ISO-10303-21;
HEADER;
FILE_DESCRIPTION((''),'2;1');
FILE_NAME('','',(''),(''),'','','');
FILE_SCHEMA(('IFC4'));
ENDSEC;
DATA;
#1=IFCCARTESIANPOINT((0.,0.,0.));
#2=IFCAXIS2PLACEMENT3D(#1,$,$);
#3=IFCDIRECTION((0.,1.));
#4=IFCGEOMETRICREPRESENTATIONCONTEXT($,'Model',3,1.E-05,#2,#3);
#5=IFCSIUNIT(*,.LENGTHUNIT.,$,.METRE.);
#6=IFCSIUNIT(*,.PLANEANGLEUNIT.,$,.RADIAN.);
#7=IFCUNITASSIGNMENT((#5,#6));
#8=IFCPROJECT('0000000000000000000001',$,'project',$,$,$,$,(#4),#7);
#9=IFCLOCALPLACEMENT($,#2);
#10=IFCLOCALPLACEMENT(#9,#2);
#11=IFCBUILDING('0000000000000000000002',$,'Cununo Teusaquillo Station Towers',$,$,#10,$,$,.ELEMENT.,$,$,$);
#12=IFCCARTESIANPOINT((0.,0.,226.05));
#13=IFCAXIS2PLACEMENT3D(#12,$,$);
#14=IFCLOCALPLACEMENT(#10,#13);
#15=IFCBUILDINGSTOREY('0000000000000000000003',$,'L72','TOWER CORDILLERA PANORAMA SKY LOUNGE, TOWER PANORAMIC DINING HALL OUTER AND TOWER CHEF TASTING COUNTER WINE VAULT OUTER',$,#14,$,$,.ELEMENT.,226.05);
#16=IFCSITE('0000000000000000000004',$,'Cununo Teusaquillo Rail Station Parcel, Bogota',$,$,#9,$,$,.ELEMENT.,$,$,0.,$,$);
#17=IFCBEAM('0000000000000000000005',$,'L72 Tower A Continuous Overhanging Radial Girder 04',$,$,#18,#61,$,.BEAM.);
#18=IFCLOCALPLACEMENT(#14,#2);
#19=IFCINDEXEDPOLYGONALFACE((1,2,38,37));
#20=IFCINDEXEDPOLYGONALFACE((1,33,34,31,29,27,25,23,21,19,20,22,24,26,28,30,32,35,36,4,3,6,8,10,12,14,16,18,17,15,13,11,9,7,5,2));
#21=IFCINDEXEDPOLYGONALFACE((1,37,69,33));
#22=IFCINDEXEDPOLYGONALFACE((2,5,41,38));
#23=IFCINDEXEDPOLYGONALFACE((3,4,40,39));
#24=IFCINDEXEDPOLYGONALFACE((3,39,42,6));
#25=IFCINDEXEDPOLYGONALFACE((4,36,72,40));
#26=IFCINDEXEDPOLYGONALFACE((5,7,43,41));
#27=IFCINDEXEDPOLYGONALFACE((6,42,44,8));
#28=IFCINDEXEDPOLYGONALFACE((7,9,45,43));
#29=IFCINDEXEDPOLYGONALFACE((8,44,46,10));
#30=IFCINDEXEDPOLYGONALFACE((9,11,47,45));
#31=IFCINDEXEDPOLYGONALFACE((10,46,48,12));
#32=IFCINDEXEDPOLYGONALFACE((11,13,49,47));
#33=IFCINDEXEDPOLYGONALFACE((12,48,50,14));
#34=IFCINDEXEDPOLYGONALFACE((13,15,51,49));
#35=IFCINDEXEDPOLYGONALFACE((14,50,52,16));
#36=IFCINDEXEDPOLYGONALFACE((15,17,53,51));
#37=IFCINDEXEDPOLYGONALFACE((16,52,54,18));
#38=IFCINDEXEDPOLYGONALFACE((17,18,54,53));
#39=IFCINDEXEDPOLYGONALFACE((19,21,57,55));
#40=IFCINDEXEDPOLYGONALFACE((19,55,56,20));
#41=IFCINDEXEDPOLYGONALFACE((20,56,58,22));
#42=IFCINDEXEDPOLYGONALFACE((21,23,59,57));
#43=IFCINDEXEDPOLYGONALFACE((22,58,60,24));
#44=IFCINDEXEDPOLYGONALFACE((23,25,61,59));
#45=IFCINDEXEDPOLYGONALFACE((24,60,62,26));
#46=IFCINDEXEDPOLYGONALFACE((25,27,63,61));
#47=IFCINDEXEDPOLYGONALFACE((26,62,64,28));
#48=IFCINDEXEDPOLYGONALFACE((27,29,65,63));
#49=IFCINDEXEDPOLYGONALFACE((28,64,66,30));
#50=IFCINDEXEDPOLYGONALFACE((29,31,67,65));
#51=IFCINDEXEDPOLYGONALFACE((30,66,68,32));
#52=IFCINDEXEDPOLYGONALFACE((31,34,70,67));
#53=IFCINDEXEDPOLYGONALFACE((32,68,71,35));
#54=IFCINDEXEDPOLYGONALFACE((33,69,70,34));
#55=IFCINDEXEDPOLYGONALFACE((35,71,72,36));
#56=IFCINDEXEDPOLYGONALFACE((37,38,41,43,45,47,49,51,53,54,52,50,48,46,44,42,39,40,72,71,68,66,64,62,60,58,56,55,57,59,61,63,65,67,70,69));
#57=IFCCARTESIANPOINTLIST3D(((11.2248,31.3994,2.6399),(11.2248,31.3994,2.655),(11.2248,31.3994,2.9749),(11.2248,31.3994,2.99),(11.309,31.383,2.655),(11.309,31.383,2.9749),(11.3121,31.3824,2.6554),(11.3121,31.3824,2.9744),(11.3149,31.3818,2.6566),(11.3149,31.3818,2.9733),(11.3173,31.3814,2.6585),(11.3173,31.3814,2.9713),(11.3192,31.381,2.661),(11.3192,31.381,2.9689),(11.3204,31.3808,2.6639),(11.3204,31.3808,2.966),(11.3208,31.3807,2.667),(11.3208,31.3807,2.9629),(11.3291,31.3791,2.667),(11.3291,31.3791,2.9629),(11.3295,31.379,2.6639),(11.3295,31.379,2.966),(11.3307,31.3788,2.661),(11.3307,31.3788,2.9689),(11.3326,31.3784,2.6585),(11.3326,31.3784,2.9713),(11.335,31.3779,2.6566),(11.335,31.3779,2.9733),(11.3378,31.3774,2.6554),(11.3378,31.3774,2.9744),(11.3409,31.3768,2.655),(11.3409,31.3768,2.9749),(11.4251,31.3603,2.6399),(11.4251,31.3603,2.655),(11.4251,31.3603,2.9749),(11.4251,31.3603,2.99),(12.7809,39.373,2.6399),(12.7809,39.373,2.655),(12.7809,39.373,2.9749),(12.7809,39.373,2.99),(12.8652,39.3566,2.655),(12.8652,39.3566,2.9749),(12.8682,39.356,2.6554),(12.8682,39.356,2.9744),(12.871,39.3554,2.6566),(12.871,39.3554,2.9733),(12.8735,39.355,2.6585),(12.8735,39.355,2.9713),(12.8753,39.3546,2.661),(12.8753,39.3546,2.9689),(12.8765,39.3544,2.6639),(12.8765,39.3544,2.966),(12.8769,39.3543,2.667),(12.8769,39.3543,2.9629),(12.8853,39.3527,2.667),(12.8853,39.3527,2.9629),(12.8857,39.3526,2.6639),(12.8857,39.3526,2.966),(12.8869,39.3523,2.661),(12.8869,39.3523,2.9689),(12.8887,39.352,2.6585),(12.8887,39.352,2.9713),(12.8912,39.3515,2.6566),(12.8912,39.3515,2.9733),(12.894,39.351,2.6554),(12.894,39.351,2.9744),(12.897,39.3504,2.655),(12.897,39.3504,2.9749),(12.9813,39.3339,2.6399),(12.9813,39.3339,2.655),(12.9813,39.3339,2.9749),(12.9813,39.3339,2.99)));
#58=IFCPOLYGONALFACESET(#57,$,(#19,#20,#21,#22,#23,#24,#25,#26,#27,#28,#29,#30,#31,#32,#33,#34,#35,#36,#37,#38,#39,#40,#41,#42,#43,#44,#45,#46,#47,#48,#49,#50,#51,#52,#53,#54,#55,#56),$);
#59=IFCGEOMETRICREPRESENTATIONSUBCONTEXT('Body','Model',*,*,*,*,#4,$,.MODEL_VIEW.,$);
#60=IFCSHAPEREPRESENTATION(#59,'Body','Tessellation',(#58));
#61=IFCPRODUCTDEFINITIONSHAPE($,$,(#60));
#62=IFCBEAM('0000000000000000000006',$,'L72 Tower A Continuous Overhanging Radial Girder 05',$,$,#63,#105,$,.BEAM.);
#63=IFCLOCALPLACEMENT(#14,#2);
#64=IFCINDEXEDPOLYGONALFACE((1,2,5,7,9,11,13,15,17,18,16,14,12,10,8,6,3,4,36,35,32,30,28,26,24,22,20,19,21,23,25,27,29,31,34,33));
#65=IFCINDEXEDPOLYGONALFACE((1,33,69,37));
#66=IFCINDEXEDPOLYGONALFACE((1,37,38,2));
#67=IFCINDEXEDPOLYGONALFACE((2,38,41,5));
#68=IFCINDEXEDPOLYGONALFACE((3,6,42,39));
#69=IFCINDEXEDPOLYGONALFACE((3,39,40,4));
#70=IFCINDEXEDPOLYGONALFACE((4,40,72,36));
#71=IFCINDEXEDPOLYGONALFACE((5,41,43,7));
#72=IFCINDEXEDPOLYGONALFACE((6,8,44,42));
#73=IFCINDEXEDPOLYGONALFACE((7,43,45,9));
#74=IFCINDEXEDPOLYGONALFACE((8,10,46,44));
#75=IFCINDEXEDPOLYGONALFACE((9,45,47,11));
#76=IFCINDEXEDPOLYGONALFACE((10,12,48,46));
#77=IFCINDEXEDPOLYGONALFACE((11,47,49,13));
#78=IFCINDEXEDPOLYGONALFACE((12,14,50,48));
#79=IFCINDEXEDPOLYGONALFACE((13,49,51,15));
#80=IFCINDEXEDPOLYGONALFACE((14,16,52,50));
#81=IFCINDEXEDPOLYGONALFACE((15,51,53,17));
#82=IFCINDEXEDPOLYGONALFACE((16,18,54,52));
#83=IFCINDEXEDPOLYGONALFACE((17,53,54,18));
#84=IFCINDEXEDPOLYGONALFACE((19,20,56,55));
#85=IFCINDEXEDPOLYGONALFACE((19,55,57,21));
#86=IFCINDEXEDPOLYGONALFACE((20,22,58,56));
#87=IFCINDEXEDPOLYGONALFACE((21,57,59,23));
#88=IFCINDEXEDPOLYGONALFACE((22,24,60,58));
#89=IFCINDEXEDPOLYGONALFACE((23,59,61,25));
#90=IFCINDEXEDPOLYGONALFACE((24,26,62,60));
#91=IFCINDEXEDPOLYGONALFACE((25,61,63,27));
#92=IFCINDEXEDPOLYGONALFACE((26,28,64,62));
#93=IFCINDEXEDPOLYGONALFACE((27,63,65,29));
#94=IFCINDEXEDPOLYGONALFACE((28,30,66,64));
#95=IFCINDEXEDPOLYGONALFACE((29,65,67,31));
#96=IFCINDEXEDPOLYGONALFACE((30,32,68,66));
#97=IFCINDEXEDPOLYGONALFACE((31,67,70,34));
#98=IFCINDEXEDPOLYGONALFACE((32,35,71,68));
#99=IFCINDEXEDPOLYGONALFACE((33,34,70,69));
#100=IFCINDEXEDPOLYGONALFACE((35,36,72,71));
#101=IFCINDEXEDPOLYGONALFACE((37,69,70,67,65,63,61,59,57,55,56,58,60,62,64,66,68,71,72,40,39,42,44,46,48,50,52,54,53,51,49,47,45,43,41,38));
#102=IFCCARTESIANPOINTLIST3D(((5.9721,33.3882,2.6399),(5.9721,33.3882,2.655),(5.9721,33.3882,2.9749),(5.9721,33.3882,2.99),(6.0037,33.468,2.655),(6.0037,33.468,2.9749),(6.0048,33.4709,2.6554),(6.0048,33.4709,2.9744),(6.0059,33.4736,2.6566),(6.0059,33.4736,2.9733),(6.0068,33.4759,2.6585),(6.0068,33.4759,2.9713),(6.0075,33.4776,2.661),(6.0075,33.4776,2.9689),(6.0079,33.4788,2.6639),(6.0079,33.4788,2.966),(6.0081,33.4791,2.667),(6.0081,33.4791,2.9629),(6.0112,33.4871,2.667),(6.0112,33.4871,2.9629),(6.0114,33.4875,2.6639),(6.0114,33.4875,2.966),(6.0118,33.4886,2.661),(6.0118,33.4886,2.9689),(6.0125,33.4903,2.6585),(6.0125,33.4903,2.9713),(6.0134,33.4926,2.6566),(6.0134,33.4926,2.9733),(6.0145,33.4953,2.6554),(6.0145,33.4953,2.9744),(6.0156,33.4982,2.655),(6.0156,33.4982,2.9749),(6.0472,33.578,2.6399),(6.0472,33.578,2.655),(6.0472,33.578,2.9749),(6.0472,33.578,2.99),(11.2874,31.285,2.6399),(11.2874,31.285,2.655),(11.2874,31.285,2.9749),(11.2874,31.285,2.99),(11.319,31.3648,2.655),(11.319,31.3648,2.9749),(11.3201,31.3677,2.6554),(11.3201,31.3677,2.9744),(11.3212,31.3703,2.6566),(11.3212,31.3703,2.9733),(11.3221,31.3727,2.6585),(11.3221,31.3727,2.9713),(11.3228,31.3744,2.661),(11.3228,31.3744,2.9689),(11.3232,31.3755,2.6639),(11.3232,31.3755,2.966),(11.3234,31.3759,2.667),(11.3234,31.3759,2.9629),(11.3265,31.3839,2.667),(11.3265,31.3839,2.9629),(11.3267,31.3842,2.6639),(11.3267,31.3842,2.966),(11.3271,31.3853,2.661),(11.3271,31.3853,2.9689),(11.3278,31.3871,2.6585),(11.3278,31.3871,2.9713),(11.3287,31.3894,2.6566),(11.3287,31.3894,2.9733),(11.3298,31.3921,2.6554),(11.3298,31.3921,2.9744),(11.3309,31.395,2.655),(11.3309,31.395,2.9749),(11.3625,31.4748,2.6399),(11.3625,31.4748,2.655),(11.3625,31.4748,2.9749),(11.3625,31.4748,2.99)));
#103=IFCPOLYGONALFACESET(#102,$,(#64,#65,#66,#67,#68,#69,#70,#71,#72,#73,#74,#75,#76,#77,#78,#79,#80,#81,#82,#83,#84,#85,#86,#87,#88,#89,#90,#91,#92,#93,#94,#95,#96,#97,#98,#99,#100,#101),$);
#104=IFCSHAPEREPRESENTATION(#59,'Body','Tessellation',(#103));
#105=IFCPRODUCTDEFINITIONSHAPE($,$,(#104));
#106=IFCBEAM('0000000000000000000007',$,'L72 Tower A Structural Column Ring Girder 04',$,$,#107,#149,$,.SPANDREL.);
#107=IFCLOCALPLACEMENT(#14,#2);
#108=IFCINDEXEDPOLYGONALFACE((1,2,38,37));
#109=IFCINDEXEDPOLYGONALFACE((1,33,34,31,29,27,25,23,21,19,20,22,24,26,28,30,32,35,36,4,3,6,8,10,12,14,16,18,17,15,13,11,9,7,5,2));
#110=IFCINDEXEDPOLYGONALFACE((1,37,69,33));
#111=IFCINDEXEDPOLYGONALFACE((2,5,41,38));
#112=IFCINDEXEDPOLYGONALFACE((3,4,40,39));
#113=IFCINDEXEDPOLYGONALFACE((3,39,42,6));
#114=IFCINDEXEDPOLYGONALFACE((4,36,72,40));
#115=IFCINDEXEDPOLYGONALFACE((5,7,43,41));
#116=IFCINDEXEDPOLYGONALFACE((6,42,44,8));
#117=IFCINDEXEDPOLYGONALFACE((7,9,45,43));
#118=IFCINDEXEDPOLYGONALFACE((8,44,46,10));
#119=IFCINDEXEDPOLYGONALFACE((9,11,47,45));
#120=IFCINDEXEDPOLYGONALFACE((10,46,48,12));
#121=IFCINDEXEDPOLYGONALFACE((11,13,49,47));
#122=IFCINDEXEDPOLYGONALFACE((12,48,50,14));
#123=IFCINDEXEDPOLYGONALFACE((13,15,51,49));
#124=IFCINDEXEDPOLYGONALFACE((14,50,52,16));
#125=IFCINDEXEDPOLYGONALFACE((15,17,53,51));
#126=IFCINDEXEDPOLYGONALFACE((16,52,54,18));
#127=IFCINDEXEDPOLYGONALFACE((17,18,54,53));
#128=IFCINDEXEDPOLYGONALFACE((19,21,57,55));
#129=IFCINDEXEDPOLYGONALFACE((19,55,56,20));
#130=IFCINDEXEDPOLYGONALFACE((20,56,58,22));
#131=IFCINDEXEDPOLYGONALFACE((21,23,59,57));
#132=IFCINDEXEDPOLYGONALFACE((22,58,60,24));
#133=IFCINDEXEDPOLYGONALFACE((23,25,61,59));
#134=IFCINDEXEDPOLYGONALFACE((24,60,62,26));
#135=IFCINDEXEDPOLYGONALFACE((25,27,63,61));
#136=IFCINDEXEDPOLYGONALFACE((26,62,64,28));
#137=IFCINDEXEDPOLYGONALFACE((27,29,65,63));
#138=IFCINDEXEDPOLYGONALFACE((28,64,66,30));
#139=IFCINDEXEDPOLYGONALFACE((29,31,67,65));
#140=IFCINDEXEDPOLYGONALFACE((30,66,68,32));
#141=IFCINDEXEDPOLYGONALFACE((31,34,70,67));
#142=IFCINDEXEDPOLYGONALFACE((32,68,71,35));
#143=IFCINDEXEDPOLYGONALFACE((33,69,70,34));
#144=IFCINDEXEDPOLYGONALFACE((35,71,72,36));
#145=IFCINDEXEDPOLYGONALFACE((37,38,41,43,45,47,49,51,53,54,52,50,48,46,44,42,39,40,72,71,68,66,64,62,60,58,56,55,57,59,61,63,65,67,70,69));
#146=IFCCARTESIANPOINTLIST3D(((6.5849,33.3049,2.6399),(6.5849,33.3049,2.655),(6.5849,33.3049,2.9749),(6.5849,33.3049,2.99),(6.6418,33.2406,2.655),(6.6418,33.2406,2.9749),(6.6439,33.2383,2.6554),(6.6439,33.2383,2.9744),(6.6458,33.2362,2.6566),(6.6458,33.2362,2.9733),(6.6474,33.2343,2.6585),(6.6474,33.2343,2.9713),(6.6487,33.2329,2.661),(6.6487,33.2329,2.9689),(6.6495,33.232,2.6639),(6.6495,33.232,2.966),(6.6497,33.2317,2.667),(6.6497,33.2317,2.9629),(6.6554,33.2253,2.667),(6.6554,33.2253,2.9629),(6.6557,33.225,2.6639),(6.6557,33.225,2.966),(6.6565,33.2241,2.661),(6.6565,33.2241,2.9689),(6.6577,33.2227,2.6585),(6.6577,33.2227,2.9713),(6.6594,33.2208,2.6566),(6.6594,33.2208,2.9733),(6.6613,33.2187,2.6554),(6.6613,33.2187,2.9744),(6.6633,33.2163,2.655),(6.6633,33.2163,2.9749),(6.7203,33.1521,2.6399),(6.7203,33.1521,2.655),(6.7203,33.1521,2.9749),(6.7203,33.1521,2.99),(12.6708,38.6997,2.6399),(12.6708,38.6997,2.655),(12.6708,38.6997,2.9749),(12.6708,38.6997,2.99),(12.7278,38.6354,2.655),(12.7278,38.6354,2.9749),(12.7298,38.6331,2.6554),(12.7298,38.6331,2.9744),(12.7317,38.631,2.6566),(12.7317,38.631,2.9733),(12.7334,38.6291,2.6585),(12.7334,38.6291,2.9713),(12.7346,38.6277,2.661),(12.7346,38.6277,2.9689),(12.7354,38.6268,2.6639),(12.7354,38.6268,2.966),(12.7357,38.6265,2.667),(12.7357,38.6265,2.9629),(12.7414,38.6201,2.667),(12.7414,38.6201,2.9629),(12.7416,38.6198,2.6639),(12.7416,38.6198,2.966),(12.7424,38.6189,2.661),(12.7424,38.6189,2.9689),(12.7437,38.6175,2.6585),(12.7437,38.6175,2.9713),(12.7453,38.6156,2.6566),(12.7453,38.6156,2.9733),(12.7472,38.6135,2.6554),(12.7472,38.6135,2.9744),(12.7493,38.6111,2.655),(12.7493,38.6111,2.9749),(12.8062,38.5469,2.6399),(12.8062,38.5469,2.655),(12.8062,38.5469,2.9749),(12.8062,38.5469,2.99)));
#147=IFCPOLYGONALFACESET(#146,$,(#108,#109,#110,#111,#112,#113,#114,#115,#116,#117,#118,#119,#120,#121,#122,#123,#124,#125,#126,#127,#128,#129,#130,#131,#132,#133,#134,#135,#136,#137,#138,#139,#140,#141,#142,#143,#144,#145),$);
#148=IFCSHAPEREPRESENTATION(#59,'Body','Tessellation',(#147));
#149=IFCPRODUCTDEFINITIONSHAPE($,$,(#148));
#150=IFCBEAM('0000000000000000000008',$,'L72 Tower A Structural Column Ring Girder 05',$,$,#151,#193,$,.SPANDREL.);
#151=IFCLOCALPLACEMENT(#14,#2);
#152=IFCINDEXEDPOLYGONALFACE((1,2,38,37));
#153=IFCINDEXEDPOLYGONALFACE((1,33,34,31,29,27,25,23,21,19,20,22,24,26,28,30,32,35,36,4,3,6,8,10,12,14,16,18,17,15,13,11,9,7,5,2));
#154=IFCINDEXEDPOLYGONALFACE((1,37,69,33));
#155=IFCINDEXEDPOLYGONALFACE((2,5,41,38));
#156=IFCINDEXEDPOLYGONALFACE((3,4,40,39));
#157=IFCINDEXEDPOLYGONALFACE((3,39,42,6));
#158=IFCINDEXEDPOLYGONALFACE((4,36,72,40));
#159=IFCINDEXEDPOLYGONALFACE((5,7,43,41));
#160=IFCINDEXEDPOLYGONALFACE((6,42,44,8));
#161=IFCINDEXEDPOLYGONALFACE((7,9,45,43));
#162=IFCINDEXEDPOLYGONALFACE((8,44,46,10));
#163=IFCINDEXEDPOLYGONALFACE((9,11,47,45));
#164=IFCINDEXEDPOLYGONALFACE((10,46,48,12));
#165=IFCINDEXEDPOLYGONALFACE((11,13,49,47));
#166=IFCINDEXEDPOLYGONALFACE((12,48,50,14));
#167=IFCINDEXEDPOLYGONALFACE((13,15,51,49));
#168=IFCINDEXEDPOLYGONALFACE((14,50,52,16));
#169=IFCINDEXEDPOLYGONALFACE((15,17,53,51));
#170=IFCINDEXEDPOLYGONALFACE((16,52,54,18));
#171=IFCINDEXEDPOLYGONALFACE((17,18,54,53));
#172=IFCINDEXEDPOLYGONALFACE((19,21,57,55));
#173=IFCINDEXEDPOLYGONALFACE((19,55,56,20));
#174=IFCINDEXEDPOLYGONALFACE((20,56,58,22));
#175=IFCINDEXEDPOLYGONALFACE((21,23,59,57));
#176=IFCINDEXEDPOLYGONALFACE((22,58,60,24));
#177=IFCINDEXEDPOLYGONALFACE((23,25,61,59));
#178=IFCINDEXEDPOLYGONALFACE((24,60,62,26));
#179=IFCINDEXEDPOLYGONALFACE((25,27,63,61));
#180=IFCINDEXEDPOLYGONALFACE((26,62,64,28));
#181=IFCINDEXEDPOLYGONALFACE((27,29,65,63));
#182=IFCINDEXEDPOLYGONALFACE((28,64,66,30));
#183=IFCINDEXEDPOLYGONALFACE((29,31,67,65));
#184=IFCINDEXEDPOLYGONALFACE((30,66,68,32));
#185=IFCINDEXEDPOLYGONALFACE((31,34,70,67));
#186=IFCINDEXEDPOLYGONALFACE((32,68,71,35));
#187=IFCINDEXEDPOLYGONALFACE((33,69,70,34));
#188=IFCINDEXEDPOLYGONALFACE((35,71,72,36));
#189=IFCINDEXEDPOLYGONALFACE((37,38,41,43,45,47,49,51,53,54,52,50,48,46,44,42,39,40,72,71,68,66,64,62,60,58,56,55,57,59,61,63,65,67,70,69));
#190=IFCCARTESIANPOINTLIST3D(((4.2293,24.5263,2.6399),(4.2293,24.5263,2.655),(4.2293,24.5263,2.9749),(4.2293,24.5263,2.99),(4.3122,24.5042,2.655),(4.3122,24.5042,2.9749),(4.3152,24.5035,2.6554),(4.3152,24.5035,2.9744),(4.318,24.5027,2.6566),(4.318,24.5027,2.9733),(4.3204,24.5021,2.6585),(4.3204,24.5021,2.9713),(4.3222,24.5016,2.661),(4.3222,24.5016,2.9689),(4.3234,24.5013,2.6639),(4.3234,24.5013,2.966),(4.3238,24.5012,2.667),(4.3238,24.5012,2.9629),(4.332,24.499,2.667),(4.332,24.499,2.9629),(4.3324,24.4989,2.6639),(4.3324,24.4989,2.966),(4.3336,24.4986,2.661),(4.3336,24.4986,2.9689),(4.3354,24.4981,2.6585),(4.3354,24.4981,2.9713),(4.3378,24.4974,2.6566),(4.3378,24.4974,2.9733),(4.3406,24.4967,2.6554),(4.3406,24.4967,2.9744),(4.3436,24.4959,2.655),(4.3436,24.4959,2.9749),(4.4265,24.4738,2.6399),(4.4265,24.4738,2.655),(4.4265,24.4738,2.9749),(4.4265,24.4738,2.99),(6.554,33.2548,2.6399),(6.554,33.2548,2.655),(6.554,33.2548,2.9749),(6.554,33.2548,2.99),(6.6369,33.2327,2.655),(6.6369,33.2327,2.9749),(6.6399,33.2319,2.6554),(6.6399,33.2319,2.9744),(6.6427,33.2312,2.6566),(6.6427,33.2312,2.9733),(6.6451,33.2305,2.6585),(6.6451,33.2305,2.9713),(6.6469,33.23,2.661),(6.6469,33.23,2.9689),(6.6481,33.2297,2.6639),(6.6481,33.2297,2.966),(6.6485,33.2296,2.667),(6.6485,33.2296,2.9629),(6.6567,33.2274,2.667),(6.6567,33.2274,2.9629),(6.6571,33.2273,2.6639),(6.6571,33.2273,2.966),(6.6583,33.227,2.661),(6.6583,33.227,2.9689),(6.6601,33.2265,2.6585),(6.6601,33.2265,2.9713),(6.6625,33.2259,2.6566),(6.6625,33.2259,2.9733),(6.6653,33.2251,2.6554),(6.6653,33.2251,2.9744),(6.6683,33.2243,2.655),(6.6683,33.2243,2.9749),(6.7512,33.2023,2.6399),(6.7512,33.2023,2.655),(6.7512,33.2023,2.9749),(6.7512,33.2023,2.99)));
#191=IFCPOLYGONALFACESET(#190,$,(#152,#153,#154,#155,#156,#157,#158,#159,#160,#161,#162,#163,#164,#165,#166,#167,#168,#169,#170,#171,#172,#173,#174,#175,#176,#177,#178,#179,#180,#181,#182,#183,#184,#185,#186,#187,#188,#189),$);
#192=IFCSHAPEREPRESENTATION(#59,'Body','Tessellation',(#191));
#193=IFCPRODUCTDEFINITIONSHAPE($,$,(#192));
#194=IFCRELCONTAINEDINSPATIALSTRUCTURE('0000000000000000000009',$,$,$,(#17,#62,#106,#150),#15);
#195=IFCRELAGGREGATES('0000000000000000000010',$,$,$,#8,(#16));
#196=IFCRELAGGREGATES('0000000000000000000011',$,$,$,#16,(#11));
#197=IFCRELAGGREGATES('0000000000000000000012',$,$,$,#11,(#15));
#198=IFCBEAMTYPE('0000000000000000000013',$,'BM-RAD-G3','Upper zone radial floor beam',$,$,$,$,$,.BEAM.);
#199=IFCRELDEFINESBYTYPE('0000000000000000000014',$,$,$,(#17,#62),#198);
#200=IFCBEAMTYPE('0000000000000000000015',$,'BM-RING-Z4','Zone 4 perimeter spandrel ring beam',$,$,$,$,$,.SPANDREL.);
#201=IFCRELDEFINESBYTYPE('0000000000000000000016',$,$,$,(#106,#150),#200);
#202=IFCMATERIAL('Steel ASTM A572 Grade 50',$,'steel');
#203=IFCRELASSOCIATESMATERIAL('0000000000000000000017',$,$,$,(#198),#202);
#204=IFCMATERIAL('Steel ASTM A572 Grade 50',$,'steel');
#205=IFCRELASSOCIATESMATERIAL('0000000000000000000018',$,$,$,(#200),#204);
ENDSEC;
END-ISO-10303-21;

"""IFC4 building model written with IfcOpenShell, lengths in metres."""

from ifc_helpers import new_model, si_unit, direction, frame, origin, origin_2d, place, context, subcontext, project, spatial, i_section, extrude, material, material_profile, profile_set, type_object, element, save


model = new_model("IFC4")

# Units and contexts
model_context = context("Model", 3, precision=1e-05, world=origin(), true_north=direction((0.0, 1.0)))
body_context = subcontext(model_context, "Body", "Model", "MODEL_VIEW")
ifc_project = project(units=[si_unit("LENGTHUNIT", "METRE"), si_unit("PLANEANGLEUNIT", "RADIAN")], contexts=[model_context])

# Site, building, storey
site_placement = place(None, origin())
site = spatial("IfcSite", under=ifc_project, at=site_placement, Name="Cununo Teusaquillo Rail Station Parcel, Bogota", CompositionType="ELEMENT", RefElevation=0.0)
building_placement = place(site_placement, origin())
building = spatial("IfcBuilding", under=site, at=building_placement, Name="Cununo Teusaquillo Station Towers", CompositionType="ELEMENT")
storey_placement = place(building_placement, frame((0.0, 0.0, 226.05)))
storey = spatial("IfcBuildingStorey", under=building, at=storey_placement, Name="L72", Description="TOWER CORDILLERA PANORAMA SKY LOUNGE, TOWER PANORAMIC DINING HALL OUTER AND TOWER CHEF TASTING COUNTER WINE VAULT OUTER", CompositionType="ELEMENT", Elevation=226.05)

# Beams
ifc_material_1 = material(Name="Steel ASTM A572 Grade 50", Category="steel")
ifc_material_profile_1 = material_profile(ifc_material_1, i_section(OverallWidth=0.2041, OverallDepth=0.3501, WebThickness=0.0085, FlangeThickness=0.0151, FilletRadius=0.012, at=origin_2d()), Name="W14X48")
ifc_profile_set_1 = profile_set([ifc_material_profile_1], Name="Steel ASTM A572 Grade 50")
beam_type_1 = type_object("IfcBeamType", Name="BM-RAD-G3", Description="Upper zone radial floor beam", PredefinedType="BEAM", material=ifc_profile_set_1)
beam_1_placement = place(storey_placement, frame((11.325, 31.3799, 2.8149), z_axis=(0.191548, 0.981483, 0.0), x_axis=(-0.981483, 0.191548, 0.0)))
element("IfcBeam", 1, at=beam_1_placement, inside=storey, type_object=beam_type_1, Name="L72 Tower A Continuous Overhanging Radial Girder 04", PredefinedType="BEAM", context=body_context, shape_type="SweptSolid", body=[
    extrude(i_section(OverallWidth=0.2041, OverallDepth=0.3501, WebThickness=0.0085, FlangeThickness=0.0151, FilletRadius=0.012, at=origin_2d()), origin(), (0.0, 0.0, 1.0), 8.124),
])
beam_2_placement = place(storey_placement, frame((11.325, 31.3799, 2.8149), z_axis=(-0.929852, 0.367935, 0.0), x_axis=(-0.367935, -0.929852, 0.0)))
element("IfcBeam", 2, at=beam_2_placement, inside=storey, type_object=beam_type_1, Name="L72 Tower A Continuous Overhanging Radial Girder 05", PredefinedType="BEAM", context=body_context, shape_type="SweptSolid", body=[
    extrude(i_section(OverallWidth=0.2041, OverallDepth=0.3501, WebThickness=0.0085, FlangeThickness=0.0151, FilletRadius=0.012, at=origin_2d()), origin(), (0.0, 0.0, 1.0), 5.7163),
])
ifc_material_2 = material(Name="Steel ASTM A572 Grade 50", Category="steel")
ifc_material_profile_2 = material_profile(ifc_material_2, i_section(OverallWidth=0.2041, OverallDepth=0.3501, WebThickness=0.0085, FlangeThickness=0.0151, FilletRadius=0.012, at=origin_2d()), Name="W14X48")
ifc_profile_set_2 = profile_set([ifc_material_profile_2], Name="Steel ASTM A572 Grade 50")
beam_type_2 = type_object("IfcBeamType", Name="BM-RING-Z4", Description="Zone 4 perimeter spandrel ring beam", PredefinedType="SPANDREL", material=ifc_profile_set_2)
beam_3_placement = place(storey_placement, frame((12.7385, 38.6233, 2.8149), z_axis=(-0.748321, -0.663337, 0.0), x_axis=(0.663337, -0.748321, 0.0)))
element("IfcBeam", 3, at=beam_3_placement, inside=storey, type_object=beam_type_2, Name="L72 Tower A Structural Column Ring Girder 04", PredefinedType="SPANDREL", context=body_context, shape_type="SweptSolid", body=[
    extrude(i_section(OverallWidth=0.2041, OverallDepth=0.3501, WebThickness=0.0085, FlangeThickness=0.0151, FilletRadius=0.012, at=origin_2d()), origin(), (0.0, 0.0, 1.0), 8.1328),
])
beam_4_placement = place(storey_placement, frame((6.6526, 33.2285, 2.8149), z_axis=(-0.257363, -0.966315, 0.0), x_axis=(0.966315, -0.257363, 0.0)))
element("IfcBeam", 4, at=beam_4_placement, inside=storey, type_object=beam_type_2, Name="L72 Tower A Structural Column Ring Girder 05", PredefinedType="SPANDREL", context=body_context, shape_type="SweptSolid", body=[
    extrude(i_section(OverallWidth=0.2041, OverallDepth=0.3501, WebThickness=0.0085, FlangeThickness=0.0151, FilletRadius=0.012, at=origin_2d()), origin(), (0.0, 0.0, 1.0), 9.0327),
])

save(model, "model.ifc")
